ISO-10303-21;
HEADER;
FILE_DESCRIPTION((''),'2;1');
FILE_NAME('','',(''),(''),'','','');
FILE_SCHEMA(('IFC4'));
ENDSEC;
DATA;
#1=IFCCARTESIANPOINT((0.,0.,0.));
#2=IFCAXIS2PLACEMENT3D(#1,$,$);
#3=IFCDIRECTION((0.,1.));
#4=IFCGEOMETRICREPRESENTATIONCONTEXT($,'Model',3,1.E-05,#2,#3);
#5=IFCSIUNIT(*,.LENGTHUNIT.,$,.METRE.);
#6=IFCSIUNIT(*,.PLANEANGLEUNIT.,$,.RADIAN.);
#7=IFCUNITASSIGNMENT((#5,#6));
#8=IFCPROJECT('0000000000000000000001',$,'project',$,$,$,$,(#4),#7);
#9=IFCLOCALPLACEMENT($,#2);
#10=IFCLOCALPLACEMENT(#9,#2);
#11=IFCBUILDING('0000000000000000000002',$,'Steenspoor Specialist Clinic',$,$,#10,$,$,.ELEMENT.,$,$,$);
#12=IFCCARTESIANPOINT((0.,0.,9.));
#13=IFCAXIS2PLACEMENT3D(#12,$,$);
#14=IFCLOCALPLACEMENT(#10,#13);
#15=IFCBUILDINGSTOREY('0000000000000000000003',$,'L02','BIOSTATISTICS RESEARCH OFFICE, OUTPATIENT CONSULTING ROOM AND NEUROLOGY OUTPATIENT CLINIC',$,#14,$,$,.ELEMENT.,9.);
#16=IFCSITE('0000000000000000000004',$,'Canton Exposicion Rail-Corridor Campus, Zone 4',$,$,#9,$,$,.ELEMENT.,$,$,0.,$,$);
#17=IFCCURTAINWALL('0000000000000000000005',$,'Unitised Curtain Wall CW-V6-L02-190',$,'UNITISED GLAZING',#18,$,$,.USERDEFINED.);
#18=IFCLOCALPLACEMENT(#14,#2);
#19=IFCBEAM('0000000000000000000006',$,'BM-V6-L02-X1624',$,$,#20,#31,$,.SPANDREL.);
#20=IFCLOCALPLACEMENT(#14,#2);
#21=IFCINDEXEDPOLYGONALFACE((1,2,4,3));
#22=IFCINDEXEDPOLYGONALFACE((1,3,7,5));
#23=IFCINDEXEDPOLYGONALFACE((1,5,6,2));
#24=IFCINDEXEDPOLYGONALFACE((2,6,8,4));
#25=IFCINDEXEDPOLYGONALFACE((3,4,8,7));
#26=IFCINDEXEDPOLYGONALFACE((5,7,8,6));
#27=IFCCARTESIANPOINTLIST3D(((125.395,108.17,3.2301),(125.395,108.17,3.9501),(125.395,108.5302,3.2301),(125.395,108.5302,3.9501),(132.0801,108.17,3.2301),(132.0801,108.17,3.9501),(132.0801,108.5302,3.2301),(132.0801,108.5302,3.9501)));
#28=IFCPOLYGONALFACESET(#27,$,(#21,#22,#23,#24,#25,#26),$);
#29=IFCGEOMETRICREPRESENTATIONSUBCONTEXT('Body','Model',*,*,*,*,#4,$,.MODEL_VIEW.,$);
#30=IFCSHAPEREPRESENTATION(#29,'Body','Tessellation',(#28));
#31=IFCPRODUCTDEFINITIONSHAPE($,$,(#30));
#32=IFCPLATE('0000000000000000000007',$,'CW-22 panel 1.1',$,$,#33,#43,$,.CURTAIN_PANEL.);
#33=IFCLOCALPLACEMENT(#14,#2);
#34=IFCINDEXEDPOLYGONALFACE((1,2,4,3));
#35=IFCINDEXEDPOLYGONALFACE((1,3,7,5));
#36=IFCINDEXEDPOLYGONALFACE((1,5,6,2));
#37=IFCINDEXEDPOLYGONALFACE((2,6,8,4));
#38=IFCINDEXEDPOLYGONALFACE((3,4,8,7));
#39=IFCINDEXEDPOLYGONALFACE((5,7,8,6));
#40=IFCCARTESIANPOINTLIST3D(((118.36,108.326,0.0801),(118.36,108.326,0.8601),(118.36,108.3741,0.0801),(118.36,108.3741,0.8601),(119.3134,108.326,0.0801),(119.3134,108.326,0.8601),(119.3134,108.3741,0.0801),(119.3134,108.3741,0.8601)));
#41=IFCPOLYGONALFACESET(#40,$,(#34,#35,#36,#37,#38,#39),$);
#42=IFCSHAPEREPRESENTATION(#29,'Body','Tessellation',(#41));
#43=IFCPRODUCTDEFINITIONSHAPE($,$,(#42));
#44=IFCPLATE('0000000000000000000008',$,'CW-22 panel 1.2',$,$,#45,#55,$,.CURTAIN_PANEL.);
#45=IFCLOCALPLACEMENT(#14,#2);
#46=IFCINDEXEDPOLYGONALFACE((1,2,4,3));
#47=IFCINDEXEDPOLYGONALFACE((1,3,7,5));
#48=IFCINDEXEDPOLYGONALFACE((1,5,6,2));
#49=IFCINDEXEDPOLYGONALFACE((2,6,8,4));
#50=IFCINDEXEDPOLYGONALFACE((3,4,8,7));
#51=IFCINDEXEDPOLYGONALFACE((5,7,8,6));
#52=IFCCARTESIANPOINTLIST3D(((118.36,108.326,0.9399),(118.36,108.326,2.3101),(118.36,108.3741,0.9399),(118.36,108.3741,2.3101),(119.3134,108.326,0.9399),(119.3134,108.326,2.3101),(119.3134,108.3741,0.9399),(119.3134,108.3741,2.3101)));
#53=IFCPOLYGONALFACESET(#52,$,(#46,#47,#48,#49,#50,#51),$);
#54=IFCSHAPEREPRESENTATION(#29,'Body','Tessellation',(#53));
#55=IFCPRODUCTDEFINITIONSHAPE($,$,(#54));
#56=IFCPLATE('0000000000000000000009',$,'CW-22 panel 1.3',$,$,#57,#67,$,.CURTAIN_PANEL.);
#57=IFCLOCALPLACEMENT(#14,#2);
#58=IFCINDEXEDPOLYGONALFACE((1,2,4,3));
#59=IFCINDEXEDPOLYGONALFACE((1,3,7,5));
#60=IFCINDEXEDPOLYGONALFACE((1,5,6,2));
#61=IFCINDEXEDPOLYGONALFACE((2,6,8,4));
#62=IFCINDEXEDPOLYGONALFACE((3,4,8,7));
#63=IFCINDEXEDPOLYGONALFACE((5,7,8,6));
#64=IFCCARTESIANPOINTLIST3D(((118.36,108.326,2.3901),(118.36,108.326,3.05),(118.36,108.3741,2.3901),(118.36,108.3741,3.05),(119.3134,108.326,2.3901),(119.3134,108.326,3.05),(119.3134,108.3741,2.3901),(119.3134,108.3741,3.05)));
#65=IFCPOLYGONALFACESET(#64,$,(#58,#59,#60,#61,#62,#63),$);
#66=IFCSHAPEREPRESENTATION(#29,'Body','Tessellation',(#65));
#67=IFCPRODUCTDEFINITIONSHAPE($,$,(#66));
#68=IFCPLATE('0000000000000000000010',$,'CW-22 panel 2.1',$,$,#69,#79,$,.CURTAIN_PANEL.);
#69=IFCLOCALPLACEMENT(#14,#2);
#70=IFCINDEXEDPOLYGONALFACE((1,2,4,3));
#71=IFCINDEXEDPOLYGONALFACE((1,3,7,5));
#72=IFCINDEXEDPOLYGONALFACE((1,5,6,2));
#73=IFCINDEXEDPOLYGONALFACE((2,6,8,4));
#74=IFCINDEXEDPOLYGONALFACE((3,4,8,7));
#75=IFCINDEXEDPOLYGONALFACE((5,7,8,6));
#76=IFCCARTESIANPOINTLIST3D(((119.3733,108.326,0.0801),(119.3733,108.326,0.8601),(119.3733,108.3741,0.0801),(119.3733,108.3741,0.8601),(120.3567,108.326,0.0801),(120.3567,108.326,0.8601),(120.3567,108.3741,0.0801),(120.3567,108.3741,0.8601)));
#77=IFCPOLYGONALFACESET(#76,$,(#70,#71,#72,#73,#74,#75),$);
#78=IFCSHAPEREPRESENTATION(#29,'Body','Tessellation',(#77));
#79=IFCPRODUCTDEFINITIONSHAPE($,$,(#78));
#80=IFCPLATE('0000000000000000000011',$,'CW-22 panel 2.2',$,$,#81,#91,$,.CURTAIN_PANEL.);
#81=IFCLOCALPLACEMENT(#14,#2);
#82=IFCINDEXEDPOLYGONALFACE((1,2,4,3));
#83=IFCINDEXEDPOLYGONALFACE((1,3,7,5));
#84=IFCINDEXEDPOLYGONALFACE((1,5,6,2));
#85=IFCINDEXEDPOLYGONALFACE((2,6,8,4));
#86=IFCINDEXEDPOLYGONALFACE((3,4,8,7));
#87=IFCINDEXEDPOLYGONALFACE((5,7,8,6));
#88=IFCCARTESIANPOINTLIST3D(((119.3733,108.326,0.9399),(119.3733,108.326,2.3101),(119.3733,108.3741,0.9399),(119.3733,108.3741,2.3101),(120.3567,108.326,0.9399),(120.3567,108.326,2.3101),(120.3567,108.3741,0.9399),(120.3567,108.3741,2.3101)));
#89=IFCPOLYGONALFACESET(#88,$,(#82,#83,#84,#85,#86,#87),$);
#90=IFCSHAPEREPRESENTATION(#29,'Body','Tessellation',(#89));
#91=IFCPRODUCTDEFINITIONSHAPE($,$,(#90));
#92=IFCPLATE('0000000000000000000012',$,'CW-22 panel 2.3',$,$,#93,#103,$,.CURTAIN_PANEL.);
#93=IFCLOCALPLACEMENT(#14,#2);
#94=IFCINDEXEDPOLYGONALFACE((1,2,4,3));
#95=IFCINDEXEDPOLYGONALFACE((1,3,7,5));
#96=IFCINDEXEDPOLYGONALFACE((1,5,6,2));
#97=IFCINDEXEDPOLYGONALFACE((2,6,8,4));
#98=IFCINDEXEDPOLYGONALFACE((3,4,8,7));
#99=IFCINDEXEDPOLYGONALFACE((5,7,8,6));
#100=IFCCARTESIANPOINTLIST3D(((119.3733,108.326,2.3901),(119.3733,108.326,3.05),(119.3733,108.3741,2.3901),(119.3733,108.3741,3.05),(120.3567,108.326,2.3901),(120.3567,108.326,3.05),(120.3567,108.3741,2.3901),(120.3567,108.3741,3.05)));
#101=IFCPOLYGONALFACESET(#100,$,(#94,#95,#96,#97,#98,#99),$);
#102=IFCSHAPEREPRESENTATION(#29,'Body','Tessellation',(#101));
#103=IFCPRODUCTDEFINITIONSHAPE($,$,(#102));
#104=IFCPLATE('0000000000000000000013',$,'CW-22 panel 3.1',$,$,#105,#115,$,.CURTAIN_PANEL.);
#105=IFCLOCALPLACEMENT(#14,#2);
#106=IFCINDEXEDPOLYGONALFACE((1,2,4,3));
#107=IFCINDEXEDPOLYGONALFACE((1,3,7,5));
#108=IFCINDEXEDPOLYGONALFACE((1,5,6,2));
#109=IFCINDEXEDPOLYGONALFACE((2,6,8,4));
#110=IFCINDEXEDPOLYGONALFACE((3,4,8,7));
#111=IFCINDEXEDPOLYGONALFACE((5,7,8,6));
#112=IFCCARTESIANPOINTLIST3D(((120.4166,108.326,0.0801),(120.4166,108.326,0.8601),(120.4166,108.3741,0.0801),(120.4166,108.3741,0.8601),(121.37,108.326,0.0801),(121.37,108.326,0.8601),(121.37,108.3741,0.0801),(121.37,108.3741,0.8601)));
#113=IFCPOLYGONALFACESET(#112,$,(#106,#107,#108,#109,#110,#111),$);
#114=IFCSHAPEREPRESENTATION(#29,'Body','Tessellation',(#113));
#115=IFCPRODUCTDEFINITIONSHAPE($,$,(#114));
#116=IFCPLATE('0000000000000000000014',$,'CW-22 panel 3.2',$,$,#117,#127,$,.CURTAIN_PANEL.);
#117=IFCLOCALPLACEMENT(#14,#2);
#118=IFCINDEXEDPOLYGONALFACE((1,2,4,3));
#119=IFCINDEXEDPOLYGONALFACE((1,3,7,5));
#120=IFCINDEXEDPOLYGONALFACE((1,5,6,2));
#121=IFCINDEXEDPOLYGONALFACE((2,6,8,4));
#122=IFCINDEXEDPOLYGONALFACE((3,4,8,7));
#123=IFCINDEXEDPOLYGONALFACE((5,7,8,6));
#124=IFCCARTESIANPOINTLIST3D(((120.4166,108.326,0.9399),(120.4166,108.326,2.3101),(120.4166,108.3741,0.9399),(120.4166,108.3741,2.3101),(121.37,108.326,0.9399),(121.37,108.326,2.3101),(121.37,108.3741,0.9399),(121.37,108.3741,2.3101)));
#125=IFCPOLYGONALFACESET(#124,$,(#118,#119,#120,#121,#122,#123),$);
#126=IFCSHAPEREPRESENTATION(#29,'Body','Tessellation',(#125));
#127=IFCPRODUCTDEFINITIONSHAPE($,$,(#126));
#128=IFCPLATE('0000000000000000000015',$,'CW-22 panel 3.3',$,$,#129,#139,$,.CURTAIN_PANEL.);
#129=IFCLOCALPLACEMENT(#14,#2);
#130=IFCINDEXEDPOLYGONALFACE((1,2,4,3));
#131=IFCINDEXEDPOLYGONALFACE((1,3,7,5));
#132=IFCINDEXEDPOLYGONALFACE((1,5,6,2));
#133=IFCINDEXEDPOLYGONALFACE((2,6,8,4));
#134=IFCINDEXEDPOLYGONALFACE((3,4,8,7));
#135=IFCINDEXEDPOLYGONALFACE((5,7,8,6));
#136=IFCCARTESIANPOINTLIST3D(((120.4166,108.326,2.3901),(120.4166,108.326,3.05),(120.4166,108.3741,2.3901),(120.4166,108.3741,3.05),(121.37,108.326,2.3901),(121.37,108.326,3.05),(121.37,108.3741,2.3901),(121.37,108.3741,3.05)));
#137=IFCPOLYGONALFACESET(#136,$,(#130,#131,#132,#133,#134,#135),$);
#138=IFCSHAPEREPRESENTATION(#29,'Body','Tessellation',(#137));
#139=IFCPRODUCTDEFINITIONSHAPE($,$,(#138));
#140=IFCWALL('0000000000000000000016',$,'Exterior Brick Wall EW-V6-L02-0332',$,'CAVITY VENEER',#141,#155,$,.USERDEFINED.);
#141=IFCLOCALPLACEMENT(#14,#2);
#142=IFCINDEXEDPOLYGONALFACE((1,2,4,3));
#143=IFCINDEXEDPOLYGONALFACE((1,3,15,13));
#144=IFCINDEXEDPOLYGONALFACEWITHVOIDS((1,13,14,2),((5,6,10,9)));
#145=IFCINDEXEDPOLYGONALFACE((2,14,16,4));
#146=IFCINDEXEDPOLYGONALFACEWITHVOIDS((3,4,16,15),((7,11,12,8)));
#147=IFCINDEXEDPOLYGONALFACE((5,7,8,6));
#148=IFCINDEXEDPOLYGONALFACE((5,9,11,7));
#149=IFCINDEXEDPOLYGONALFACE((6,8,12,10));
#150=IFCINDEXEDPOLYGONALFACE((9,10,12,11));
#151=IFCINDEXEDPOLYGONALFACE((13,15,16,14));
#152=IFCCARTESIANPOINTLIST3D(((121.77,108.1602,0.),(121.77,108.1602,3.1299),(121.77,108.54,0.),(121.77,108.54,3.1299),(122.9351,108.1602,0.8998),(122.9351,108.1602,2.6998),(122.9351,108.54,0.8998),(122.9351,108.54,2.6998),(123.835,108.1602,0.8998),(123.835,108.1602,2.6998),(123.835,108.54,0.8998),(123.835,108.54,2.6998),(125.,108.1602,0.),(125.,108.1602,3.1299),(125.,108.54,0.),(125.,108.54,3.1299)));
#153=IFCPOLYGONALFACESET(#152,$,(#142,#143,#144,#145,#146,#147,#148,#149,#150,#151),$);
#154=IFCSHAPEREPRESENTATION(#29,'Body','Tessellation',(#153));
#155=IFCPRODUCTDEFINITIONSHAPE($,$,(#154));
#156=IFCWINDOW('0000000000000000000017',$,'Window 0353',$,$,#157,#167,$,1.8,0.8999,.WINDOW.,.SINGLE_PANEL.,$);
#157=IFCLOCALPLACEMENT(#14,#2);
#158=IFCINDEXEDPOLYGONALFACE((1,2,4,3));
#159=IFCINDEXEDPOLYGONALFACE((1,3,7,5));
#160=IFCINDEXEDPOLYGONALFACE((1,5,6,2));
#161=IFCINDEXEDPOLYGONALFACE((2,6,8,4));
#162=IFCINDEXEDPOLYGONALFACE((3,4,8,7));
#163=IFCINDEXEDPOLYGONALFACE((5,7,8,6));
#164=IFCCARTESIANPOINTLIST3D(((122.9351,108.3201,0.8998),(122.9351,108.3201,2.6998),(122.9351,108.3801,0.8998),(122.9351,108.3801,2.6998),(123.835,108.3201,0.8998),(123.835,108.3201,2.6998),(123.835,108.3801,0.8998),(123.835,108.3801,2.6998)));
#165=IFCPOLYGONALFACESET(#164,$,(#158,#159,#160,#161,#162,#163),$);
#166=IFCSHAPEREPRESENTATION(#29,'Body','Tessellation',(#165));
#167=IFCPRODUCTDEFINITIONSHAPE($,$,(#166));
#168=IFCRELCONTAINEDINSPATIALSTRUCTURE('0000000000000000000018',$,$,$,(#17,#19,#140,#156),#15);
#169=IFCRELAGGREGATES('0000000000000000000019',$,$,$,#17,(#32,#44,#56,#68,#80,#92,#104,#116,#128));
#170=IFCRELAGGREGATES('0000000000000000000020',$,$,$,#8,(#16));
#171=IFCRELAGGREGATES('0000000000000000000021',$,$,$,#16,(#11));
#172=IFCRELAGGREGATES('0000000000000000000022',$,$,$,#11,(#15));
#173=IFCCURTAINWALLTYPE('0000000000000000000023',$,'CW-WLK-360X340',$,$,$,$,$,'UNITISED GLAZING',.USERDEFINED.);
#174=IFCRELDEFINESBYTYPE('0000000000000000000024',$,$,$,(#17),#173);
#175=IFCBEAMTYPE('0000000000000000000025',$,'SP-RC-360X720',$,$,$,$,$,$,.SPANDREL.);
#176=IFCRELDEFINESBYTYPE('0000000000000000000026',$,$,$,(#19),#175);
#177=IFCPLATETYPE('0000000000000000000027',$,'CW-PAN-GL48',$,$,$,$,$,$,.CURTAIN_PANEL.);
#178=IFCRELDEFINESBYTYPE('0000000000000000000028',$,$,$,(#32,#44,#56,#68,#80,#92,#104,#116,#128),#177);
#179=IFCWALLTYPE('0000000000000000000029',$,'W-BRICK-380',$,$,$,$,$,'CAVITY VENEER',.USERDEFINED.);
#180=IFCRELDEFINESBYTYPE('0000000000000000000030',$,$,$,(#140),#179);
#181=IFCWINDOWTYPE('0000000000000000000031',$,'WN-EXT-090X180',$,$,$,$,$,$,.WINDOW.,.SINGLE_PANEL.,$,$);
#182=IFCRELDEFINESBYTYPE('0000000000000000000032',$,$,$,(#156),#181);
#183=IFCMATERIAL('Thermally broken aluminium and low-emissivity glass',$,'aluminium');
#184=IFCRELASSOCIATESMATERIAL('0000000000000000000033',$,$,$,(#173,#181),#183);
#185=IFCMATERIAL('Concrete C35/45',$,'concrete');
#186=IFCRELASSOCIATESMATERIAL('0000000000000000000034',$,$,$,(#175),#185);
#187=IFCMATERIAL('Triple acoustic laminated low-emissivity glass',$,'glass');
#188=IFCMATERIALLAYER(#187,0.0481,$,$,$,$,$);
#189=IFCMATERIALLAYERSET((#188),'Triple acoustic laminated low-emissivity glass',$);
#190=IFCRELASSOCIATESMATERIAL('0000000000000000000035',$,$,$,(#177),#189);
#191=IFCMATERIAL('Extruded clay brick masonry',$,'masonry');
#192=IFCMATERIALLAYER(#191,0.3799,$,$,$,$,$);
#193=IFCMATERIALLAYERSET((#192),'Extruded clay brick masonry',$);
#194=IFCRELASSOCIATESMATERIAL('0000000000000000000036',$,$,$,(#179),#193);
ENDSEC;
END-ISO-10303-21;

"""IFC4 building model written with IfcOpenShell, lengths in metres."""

from ifc_helpers import new_model, si_unit, direction, frame, frame_2d, origin, origin_2d, place, context, subcontext, project, spatial, rectangle, extrude, material, layer, layer_set, material_profile, profile_set, type_object, element, fill, aggregate, save


model = new_model("IFC4")

# Units and contexts
model_context = context("Model", 3, precision=1e-05, world=origin(), true_north=direction((0.0, 1.0)))
body_context = subcontext(model_context, "Body", "Model", "MODEL_VIEW")
ifc_project = project(units=[si_unit("LENGTHUNIT", "METRE"), si_unit("PLANEANGLEUNIT", "RADIAN")], contexts=[model_context])

# Site, building, storey
site_placement = place(None, origin())
site = spatial("IfcSite", under=ifc_project, at=site_placement, Name="Canton Exposicion Rail-Corridor Campus, Zone 4", CompositionType="ELEMENT", RefElevation=0.0)
building_placement = place(site_placement, origin())
building = spatial("IfcBuilding", under=site, at=building_placement, Name="Steenspoor Specialist Clinic", CompositionType="ELEMENT")
storey_placement = place(building_placement, frame((0.0, 0.0, 9.0)))
storey = spatial("IfcBuildingStorey", under=building, at=storey_placement, Name="L02", Description="BIOSTATISTICS RESEARCH OFFICE, OUTPATIENT CONSULTING ROOM AND NEUROLOGY OUTPATIENT CLINIC", CompositionType="ELEMENT", Elevation=9.0)

# Curtain wall
ifc_material_1 = material(Name="Thermally broken aluminium and low-emissivity glass", Category="aluminium")
curtain_wall_type = type_object("IfcCurtainWallType", Name="CW-WLK-360X340", ElementType="UNITISED GLAZING", PredefinedType="USERDEFINED", material=ifc_material_1)
curtain_wall_placement = place(storey_placement, origin())
curtain_wall = element("IfcCurtainWall", 1, at=curtain_wall_placement, inside=storey, type_object=curtain_wall_type, Name="Unitised Curtain Wall CW-V6-L02-190", ObjectType="UNITISED GLAZING", PredefinedType="USERDEFINED")

# Beam
ifc_material_2 = material(Name="Concrete C35/45", Category="concrete")
ifc_material_profile_1 = material_profile(ifc_material_2, rectangle(XDim=0.3601, YDim=0.72, at=origin_2d()), Name="RC-SP-360X720")
ifc_profile_set_1 = profile_set([ifc_material_profile_1], Name="Concrete C35/45")
beam_type = type_object("IfcBeamType", Name="SP-RC-360X720", PredefinedType="SPANDREL", material=ifc_profile_set_1)
beam_placement = place(storey_placement, frame((125.395, 108.3501, 3.5901), z_axis=(1.0, 0.0, 0.0), x_axis=(0.0, 1.0, 0.0)))
element("IfcBeam", 2, at=beam_placement, inside=storey, type_object=beam_type, Name="BM-V6-L02-X1624", PredefinedType="SPANDREL", context=body_context, shape_type="SweptSolid", body=[
    extrude(rectangle(XDim=0.3601, YDim=0.72, at=origin_2d()), origin(), (0.0, 0.0, 1.0), 6.6851),
])

# Plates
ifc_material_3 = material(Name="Triple acoustic laminated low-emissivity glass", Category="glass")
ifc_layer_1 = layer(ifc_material_3, 0.0481)
ifc_layer_set_1 = layer_set([ifc_layer_1], Name="Triple acoustic laminated low-emissivity glass")
plate_type = type_object("IfcPlateType", Name="CW-PAN-GL48", PredefinedType="CURTAIN_PANEL", material=ifc_layer_set_1)
plate_1_placement = place(storey_placement, frame((118.8367, 108.3501, 0.0801), z_axis=(0.0, 0.0, 1.0), x_axis=(1.0, 0.0, 0.0)))
plate_1 = element("IfcPlate", 3, at=plate_1_placement, type_object=plate_type, Name="CW-22 panel 1.1", PredefinedType="CURTAIN_PANEL", context=body_context, shape_type="SweptSolid", body=[
    extrude(rectangle(XDim=0.9534, YDim=0.0481, at=origin_2d()), origin(), (0.0, 0.0, 1.0), 0.78),
])
plate_2_placement = place(storey_placement, frame((118.8367, 108.3501, 0.9399), z_axis=(0.0, 0.0, 1.0), x_axis=(1.0, 0.0, 0.0)))
plate_2 = element("IfcPlate", 4, at=plate_2_placement, type_object=plate_type, Name="CW-22 panel 1.2", PredefinedType="CURTAIN_PANEL", context=body_context, shape_type="SweptSolid", body=[
    extrude(rectangle(XDim=0.9534, YDim=0.0481, at=origin_2d()), origin(), (0.0, 0.0, 1.0), 1.3701),
])
plate_3_placement = place(storey_placement, frame((118.8367, 108.3501, 2.3901), z_axis=(0.0, 0.0, 1.0), x_axis=(1.0, 0.0, 0.0)))
plate_3 = element("IfcPlate", 5, at=plate_3_placement, type_object=plate_type, Name="CW-22 panel 1.3", PredefinedType="CURTAIN_PANEL", context=body_context, shape_type="SweptSolid", body=[
    extrude(rectangle(XDim=0.9534, YDim=0.0481, at=origin_2d()), origin(), (0.0, 0.0, 1.0), 0.6599),
])
plate_4_placement = place(storey_placement, frame((119.865, 108.3501, 0.0801), z_axis=(0.0, 0.0, 1.0), x_axis=(1.0, 0.0, 0.0)))
plate_4 = element("IfcPlate", 6, at=plate_4_placement, type_object=plate_type, Name="CW-22 panel 2.1", PredefinedType="CURTAIN_PANEL", context=body_context, shape_type="SweptSolid", body=[
    extrude(rectangle(XDim=0.9834, YDim=0.0481, at=origin_2d()), origin(), (0.0, 0.0, 1.0), 0.78),
])
plate_5_placement = place(storey_placement, frame((119.865, 108.3501, 0.9399), z_axis=(0.0, 0.0, 1.0), x_axis=(1.0, 0.0, 0.0)))
plate_5 = element("IfcPlate", 7, at=plate_5_placement, type_object=plate_type, Name="CW-22 panel 2.2", PredefinedType="CURTAIN_PANEL", context=body_context, shape_type="SweptSolid", body=[
    extrude(rectangle(XDim=0.9834, YDim=0.0481, at=origin_2d()), origin(), (0.0, 0.0, 1.0), 1.3701),
])
plate_6_placement = place(storey_placement, frame((119.865, 108.3501, 2.3901), z_axis=(0.0, 0.0, 1.0), x_axis=(1.0, 0.0, 0.0)))
plate_6 = element("IfcPlate", 8, at=plate_6_placement, type_object=plate_type, Name="CW-22 panel 2.3", PredefinedType="CURTAIN_PANEL", context=body_context, shape_type="SweptSolid", body=[
    extrude(rectangle(XDim=0.9834, YDim=0.0481, at=origin_2d()), origin(), (0.0, 0.0, 1.0), 0.6599),
])
plate_7_placement = place(storey_placement, frame((120.8933, 108.3501, 0.0801), z_axis=(0.0, 0.0, 1.0), x_axis=(1.0, 0.0, 0.0)))
plate_7 = element("IfcPlate", 9, at=plate_7_placement, type_object=plate_type, Name="CW-22 panel 3.1", PredefinedType="CURTAIN_PANEL", context=body_context, shape_type="SweptSolid", body=[
    extrude(rectangle(XDim=0.9534, YDim=0.0481, at=origin_2d()), origin(), (0.0, 0.0, 1.0), 0.78),
])
plate_8_placement = place(storey_placement, frame((120.8933, 108.3501, 0.9399), z_axis=(0.0, 0.0, 1.0), x_axis=(1.0, 0.0, 0.0)))
plate_8 = element("IfcPlate", 10, at=plate_8_placement, type_object=plate_type, Name="CW-22 panel 3.2", PredefinedType="CURTAIN_PANEL", context=body_context, shape_type="SweptSolid", body=[
    extrude(rectangle(XDim=0.9534, YDim=0.0481, at=origin_2d()), origin(), (0.0, 0.0, 1.0), 1.3701),
])
plate_9_placement = place(storey_placement, frame((120.8933, 108.3501, 2.3901), z_axis=(0.0, 0.0, 1.0), x_axis=(1.0, 0.0, 0.0)))
plate_9 = element("IfcPlate", 11, at=plate_9_placement, type_object=plate_type, Name="CW-22 panel 3.3", PredefinedType="CURTAIN_PANEL", context=body_context, shape_type="SweptSolid", body=[
    extrude(rectangle(XDim=0.9534, YDim=0.0481, at=origin_2d()), origin(), (0.0, 0.0, 1.0), 0.6599),
])
aggregate(curtain_wall, [plate_1, plate_2, plate_3, plate_4, plate_5, plate_6, plate_7, plate_8, plate_9])

# Wall, opening, window
ifc_material_4 = material(Name="Extruded clay brick masonry", Category="masonry")
ifc_layer_2 = layer(ifc_material_4, 0.3799)
ifc_layer_set_2 = layer_set([ifc_layer_2], Name="Extruded clay brick masonry")
wall_type = type_object("IfcWallType", Name="W-BRICK-380", ElementType="CAVITY VENEER", PredefinedType="USERDEFINED", material=ifc_layer_set_2)
wall_placement = place(storey_placement, frame((121.77, 108.3501, 0.0), z_axis=(0.0, 0.0, 1.0), x_axis=(1.0, 0.0, 0.0)))
wall = element("IfcWall", 12, at=wall_placement, inside=storey, type_object=wall_type, Name="Exterior Brick Wall EW-V6-L02-0332", ObjectType="CAVITY VENEER", PredefinedType="USERDEFINED", context=body_context, shape_type="SweptSolid", body=[
    extrude(rectangle(XDim=3.23, YDim=0.3799, at=frame_2d((1.615, 0.0))), origin(), (0.0, 0.0, 1.0), 3.1299),
])
opening_placement = place(wall_placement, frame((1.165, 0.0, 0.8999)))
opening = element("IfcOpeningElement", 13, at=opening_placement, cuts=wall, PredefinedType="OPENING", context=body_context, shape_type="SweptSolid", body=[
    extrude(rectangle(XDim=0.8999, YDim=1.8, at=frame_2d((0.45, 0.8999))), frame((0.0, 0.2, 0.0), z_axis=(0.0, -1.0, 0.0), x_axis=(1.0, 0.0, 0.0)), (0.0, 0.0, 1.0), 0.3999),
])
window_type = type_object("IfcWindowType", Name="WN-EXT-090X180", PartitioningType="SINGLE_PANEL", PredefinedType="WINDOW", material=ifc_material_1)
window_placement = place(opening_placement, origin())
window = element("IfcWindow", 14, at=window_placement, inside=storey, type_object=window_type, Name="Window 0353", OverallHeight=1.8, OverallWidth=0.8999, PartitioningType="SINGLE_PANEL", PredefinedType="WINDOW", context=body_context, shape_type="SweptSolid", body=[
    extrude(rectangle(XDim=0.8999, YDim=1.8, at=frame_2d((0.45, 0.8999))), frame((0.0, 0.03, 0.0), z_axis=(0.0, -1.0, 0.0), x_axis=(1.0, 0.0, 0.0)), (0.0, 0.0, 1.0), 0.0601),
])
fill(opening, window)

save(model, "model.ifc")
